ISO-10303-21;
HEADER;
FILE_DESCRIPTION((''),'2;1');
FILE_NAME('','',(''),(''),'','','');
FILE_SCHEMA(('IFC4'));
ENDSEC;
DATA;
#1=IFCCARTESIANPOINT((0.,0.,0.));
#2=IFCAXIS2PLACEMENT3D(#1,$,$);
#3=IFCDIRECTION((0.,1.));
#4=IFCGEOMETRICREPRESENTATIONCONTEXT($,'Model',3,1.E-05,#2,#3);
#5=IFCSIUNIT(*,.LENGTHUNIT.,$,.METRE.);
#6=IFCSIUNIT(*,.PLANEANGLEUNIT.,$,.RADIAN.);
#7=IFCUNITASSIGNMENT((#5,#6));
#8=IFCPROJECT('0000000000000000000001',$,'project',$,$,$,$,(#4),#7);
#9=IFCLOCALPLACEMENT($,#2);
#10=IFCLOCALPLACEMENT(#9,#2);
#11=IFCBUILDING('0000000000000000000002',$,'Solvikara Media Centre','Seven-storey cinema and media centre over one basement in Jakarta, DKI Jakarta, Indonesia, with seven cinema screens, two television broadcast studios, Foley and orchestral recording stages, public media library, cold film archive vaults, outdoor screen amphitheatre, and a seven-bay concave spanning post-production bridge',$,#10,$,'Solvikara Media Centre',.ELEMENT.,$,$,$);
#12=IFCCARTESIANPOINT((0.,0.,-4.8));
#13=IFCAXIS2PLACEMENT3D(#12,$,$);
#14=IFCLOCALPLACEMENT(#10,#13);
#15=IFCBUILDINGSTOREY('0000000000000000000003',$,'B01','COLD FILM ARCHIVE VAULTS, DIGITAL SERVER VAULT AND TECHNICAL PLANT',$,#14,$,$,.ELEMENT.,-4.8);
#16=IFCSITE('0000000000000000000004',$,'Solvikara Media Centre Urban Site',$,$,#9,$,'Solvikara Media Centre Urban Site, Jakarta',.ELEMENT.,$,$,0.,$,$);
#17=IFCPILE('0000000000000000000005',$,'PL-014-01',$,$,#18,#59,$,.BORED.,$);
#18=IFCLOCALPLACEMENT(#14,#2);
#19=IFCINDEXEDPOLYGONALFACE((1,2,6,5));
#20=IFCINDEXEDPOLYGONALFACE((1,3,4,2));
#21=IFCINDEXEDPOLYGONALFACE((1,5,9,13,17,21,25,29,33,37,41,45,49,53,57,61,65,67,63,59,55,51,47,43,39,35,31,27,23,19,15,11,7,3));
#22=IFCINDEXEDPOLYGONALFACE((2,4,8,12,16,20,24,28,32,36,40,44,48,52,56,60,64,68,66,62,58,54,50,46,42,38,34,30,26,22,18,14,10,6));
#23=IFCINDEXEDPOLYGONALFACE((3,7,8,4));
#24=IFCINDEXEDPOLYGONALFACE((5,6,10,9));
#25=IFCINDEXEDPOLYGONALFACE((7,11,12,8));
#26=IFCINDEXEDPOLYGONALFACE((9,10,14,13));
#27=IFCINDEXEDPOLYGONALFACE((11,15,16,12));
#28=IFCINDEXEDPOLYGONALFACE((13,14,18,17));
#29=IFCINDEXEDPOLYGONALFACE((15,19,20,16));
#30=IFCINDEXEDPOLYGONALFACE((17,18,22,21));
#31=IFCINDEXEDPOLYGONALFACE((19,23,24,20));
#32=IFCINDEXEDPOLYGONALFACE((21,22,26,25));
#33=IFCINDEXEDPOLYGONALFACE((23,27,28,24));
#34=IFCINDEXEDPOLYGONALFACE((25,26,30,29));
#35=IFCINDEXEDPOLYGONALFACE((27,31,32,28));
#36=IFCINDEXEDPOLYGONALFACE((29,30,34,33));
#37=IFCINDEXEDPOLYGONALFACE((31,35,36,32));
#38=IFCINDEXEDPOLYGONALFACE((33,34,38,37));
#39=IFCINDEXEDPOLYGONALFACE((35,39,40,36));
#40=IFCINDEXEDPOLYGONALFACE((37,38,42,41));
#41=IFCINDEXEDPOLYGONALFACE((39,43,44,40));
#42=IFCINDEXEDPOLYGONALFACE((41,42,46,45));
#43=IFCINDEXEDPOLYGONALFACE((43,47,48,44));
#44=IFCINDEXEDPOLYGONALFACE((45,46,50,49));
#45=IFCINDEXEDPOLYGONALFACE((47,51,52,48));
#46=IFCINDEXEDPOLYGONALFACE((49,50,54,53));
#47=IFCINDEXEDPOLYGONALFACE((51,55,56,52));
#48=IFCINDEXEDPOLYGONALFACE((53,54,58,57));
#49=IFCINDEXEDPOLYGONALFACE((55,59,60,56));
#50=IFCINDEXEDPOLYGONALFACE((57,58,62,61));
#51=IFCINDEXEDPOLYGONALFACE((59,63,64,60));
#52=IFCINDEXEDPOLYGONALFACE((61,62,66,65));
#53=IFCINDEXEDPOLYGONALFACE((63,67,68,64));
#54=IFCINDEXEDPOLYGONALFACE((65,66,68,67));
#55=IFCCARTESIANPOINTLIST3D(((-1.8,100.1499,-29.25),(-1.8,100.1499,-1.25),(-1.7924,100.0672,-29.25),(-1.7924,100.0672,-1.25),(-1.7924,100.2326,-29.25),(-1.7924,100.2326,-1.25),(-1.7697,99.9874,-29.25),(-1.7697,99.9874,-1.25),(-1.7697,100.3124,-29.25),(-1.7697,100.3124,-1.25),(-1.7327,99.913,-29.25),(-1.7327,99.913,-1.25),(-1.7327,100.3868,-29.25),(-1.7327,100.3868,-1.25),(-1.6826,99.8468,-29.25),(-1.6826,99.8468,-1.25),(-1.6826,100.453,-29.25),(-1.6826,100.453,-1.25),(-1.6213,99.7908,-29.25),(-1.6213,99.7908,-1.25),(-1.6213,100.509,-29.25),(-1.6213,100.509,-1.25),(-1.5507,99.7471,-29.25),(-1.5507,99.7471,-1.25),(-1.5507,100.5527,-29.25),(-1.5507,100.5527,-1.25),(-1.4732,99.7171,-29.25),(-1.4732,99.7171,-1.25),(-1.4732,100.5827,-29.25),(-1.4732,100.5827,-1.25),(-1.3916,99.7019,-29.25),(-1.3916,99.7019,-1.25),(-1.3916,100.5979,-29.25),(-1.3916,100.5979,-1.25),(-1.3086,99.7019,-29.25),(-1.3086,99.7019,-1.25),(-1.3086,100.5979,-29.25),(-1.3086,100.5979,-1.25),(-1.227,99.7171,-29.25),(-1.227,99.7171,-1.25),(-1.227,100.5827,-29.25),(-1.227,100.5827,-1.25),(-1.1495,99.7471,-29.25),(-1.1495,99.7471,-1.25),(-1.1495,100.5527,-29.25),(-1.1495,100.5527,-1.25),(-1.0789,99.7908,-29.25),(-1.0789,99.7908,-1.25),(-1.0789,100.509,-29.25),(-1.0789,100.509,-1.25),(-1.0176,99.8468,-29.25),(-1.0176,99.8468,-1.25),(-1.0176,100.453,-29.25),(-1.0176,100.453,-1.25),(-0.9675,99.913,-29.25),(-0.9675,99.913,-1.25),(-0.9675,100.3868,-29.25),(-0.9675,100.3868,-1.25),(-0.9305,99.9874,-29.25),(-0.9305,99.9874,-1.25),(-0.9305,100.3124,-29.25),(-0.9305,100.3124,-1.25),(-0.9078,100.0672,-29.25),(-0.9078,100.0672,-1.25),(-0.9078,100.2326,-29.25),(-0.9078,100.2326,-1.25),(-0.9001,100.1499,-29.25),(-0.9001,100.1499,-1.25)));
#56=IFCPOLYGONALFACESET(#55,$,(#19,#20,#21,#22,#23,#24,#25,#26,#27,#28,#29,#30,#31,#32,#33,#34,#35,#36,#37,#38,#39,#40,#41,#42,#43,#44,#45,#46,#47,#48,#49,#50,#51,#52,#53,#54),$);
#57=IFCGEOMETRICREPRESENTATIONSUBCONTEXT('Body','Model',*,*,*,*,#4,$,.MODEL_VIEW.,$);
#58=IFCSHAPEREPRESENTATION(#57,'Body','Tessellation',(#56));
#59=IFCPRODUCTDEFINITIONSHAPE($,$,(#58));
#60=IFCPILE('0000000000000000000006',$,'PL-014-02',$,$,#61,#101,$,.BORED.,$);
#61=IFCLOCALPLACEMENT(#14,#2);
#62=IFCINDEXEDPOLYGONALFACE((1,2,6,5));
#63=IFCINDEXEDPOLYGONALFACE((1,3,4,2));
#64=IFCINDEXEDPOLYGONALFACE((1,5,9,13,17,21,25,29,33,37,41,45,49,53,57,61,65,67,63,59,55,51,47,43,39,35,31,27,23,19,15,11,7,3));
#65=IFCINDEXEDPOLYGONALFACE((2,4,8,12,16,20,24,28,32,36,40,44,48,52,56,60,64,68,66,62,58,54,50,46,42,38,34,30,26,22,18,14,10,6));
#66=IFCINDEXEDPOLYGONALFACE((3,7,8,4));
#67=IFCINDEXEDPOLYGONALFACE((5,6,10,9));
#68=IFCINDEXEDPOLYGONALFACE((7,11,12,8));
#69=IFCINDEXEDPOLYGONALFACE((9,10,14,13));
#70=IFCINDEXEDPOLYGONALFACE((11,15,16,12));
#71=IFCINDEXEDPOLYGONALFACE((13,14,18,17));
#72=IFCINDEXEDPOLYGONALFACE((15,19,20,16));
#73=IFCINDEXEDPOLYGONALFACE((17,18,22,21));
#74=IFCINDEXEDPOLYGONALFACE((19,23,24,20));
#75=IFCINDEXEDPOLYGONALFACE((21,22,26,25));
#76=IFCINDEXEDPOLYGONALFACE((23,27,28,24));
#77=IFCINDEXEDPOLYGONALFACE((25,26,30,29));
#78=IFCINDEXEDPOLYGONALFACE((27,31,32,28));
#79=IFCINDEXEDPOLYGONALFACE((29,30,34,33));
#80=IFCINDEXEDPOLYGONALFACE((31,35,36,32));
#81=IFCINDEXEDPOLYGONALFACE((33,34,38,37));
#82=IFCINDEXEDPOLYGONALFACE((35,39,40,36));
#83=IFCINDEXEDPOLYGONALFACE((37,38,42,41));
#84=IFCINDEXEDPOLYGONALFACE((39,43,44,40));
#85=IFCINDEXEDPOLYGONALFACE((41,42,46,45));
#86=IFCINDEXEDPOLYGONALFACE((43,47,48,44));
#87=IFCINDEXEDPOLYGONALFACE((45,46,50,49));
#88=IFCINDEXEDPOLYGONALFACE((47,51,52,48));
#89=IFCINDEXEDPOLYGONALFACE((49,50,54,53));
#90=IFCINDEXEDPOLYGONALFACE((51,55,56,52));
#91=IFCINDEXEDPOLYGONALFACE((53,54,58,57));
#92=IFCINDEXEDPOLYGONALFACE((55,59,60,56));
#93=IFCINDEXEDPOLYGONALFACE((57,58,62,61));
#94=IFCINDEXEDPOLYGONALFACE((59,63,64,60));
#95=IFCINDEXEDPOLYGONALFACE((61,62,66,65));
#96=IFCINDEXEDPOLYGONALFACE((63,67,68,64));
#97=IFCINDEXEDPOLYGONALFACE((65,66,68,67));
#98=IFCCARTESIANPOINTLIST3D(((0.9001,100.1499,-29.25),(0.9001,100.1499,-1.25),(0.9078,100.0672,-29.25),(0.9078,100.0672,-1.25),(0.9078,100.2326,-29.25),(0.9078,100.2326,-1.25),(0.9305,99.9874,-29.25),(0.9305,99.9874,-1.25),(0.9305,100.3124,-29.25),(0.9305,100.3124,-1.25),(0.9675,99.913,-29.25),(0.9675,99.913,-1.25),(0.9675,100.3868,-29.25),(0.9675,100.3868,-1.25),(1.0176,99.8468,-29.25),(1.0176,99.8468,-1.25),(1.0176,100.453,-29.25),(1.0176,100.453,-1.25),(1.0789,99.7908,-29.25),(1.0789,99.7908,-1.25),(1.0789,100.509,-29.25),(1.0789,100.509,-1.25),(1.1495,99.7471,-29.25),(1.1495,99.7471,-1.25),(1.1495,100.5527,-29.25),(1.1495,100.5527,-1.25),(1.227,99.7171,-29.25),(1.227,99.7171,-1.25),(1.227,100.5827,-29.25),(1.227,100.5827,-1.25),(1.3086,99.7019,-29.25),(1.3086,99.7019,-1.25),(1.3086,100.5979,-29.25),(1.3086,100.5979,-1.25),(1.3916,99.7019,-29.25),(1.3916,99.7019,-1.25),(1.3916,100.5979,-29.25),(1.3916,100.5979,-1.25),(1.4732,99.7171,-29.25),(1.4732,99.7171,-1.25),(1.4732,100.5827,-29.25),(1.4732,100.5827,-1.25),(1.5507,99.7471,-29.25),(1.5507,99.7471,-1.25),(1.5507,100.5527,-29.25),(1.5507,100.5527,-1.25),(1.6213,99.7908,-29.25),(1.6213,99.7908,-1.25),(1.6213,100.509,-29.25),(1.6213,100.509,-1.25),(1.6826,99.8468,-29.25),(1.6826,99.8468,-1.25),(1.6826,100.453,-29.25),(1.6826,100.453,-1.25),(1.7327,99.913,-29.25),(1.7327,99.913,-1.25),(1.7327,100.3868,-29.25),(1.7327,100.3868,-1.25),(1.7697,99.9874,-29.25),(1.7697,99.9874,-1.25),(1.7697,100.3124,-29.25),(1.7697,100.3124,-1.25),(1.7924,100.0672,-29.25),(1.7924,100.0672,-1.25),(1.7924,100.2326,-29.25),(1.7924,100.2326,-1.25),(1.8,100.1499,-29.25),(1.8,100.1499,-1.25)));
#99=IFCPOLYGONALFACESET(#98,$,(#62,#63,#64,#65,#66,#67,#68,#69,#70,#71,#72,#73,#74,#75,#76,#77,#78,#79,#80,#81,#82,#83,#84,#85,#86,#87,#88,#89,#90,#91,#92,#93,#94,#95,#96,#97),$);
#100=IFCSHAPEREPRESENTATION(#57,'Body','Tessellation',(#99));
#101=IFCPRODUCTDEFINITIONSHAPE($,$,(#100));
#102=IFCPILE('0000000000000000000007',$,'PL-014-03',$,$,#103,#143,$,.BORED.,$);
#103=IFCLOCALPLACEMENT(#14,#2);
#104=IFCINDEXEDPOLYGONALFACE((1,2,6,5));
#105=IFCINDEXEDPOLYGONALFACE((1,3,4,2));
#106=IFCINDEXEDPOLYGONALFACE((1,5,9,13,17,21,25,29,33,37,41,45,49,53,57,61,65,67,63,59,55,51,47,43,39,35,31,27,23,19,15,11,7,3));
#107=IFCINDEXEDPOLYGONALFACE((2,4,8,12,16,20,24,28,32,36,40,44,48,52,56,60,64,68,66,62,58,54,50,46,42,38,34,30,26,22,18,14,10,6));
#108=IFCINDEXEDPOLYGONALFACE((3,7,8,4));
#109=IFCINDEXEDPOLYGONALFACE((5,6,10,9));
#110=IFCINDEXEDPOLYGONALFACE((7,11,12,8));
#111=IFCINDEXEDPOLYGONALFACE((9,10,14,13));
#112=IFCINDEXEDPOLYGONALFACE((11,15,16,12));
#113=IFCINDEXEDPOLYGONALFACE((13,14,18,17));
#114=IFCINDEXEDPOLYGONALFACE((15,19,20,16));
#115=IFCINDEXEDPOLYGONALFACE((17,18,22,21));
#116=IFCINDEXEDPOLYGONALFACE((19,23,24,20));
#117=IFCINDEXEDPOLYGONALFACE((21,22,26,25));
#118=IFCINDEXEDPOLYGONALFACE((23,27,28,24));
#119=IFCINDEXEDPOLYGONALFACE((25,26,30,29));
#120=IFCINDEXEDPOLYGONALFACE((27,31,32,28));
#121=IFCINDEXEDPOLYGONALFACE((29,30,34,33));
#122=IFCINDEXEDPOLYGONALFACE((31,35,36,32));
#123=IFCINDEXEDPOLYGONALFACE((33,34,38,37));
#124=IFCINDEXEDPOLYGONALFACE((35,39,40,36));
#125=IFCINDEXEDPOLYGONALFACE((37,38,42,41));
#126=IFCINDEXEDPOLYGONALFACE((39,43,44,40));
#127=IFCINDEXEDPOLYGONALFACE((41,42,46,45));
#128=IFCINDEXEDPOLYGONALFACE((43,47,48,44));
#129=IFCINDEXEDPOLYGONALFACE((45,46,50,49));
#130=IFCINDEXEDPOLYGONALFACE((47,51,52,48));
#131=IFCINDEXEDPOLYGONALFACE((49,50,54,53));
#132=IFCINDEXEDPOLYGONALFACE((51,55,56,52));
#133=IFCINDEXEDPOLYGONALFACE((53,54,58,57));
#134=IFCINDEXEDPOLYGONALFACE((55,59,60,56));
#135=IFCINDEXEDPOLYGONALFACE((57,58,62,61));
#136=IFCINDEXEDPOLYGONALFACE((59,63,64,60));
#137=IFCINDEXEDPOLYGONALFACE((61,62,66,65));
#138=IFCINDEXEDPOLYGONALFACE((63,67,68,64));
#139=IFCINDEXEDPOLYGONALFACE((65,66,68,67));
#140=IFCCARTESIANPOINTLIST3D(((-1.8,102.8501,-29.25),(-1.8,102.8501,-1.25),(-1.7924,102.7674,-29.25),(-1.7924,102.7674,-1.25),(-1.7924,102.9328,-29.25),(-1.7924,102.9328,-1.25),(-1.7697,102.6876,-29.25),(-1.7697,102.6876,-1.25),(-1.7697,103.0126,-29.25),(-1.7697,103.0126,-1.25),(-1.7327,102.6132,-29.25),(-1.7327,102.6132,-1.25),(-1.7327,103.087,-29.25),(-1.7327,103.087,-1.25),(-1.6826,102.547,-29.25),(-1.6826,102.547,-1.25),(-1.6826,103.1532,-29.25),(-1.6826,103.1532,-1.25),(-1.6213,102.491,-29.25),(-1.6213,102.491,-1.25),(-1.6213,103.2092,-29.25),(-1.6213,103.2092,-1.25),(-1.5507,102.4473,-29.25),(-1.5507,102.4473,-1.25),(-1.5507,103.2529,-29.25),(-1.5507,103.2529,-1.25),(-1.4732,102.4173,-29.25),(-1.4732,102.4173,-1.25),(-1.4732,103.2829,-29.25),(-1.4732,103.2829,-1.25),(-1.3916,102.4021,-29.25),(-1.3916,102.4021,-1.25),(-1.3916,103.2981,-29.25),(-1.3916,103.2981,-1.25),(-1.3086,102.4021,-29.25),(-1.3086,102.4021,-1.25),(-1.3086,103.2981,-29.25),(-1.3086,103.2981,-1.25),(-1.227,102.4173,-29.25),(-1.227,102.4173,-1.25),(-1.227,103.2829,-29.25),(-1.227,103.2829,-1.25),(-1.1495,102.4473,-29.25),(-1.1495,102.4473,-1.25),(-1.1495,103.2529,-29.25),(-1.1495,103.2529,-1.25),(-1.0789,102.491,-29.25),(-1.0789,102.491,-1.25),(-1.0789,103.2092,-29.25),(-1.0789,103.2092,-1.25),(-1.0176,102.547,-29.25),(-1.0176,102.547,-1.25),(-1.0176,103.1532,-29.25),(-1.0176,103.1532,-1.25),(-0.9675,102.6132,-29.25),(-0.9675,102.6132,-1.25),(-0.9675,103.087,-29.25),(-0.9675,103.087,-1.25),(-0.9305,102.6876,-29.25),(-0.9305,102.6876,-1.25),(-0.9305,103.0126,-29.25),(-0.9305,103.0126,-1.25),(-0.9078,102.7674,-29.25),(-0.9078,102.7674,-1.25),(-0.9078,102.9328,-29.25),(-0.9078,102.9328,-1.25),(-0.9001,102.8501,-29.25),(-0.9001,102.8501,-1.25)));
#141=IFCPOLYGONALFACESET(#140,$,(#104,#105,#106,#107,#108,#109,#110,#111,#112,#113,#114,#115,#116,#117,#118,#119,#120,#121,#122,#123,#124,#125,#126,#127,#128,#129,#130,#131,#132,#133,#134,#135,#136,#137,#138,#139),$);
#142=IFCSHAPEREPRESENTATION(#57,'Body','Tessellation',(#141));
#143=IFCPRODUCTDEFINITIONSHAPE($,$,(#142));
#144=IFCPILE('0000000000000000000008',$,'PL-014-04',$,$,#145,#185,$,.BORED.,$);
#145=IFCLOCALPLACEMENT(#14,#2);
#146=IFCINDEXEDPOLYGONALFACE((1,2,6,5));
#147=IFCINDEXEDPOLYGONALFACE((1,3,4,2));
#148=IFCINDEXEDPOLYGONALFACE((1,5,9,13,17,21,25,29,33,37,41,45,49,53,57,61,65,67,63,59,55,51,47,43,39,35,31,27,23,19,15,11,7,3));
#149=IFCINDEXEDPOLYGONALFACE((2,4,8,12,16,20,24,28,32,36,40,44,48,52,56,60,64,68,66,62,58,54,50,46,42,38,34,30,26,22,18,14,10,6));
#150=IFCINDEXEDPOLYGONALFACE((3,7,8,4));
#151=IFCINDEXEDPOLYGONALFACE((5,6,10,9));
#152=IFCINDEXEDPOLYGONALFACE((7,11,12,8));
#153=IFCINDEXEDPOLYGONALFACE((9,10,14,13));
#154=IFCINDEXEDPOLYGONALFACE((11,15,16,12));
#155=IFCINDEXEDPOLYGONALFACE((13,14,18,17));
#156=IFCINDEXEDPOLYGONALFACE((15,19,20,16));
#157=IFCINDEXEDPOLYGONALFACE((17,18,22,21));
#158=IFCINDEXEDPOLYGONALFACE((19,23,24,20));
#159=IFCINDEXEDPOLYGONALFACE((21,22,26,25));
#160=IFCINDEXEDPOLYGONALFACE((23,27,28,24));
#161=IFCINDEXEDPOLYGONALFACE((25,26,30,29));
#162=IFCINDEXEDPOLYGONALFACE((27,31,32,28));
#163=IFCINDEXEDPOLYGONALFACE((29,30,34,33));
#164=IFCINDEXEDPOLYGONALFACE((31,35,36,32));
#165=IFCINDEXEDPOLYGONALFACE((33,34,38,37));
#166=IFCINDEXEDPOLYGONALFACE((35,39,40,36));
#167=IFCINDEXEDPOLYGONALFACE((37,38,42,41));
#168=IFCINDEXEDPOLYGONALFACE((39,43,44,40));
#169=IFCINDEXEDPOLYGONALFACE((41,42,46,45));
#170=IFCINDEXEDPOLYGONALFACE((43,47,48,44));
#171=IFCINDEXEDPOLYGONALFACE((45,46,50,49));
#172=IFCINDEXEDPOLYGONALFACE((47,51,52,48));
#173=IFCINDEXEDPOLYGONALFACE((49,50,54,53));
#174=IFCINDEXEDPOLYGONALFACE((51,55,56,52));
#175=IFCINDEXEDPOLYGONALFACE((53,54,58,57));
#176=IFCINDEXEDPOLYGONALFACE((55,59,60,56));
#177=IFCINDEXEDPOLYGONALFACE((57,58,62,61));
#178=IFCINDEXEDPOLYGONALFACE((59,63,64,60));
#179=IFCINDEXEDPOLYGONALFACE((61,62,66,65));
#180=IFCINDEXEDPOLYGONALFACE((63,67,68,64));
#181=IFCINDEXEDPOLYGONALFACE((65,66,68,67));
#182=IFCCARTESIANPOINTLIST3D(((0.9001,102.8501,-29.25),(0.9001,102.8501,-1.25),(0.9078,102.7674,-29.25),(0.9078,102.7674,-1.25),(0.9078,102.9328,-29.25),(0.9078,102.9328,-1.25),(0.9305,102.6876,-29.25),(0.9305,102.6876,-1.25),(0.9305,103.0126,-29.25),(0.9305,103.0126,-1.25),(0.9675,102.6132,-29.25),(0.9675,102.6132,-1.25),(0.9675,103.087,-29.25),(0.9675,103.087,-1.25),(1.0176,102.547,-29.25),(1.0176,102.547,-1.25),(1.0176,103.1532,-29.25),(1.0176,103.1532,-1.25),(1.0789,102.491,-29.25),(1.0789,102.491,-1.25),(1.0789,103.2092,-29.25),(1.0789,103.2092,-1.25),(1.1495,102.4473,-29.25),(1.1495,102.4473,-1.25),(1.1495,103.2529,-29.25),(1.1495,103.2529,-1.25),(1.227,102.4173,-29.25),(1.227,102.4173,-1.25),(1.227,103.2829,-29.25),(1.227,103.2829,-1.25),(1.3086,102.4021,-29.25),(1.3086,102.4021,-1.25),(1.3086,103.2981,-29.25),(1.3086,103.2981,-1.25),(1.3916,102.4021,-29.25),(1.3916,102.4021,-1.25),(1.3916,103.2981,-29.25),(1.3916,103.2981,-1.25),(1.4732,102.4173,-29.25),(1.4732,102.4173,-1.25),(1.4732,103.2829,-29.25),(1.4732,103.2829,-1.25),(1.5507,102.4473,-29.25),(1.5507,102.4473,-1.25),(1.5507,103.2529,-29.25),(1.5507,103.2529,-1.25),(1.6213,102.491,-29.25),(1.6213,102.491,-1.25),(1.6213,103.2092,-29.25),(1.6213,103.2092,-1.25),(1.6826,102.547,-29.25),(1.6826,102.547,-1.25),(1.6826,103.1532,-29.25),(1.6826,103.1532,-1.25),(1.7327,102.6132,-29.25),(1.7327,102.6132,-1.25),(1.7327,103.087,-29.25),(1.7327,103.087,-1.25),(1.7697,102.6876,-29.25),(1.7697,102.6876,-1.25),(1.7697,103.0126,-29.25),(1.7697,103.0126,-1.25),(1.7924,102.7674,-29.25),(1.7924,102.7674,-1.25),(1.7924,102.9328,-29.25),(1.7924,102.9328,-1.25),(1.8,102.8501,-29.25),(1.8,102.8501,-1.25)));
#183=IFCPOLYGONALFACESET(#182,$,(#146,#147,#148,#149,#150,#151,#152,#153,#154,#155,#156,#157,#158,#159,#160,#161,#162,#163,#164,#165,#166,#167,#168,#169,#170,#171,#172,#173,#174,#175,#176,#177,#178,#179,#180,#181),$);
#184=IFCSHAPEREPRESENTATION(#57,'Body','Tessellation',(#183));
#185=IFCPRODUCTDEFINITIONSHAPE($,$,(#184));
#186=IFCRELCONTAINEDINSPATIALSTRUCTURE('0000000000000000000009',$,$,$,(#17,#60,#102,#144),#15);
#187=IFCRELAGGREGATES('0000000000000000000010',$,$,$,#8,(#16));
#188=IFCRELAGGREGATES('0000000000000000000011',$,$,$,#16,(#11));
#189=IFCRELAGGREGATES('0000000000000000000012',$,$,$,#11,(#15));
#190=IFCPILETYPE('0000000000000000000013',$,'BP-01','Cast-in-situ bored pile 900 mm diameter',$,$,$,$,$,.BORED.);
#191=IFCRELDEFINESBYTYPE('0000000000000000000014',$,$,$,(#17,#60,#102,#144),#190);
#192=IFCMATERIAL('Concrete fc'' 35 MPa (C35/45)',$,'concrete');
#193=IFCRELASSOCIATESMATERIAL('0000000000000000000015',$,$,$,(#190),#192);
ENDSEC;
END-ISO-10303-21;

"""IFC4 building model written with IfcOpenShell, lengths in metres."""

from ifc_helpers import new_model, si_unit, direction, frame, origin, origin_2d, place, context, subcontext, project, spatial, circle, extrude, material, material_profile, profile_set, type_object, element, save


model = new_model("IFC4")

# Units and contexts
model_context = context("Model", 3, precision=1e-05, world=origin(), true_north=direction((0.0, 1.0)))
body_context = subcontext(model_context, "Body", "Model", "MODEL_VIEW")
ifc_project = project(units=[si_unit("LENGTHUNIT", "METRE"), si_unit("PLANEANGLEUNIT", "RADIAN")], contexts=[model_context])

# Site, building, storey
site_placement = place(None, origin())
site = spatial("IfcSite", under=ifc_project, at=site_placement, Name="Solvikara Media Centre Urban Site", LongName="Solvikara Media Centre Urban Site, Jakarta", CompositionType="ELEMENT", RefElevation=0.0)
building_placement = place(site_placement, origin())
building = spatial("IfcBuilding", under=site, at=building_placement, Name="Solvikara Media Centre", Description="Seven-storey cinema and media centre over one basement in Jakarta, DKI Jakarta, Indonesia, with seven cinema screens, two television broadcast studios, Foley and orchestral recording stages, public media library, cold film archive vaults, outdoor screen amphitheatre, and a seven-bay concave spanning post-production bridge", LongName="Solvikara Media Centre", CompositionType="ELEMENT")
storey_placement = place(building_placement, frame((0.0, 0.0, -4.8)))
storey = spatial("IfcBuildingStorey", under=building, at=storey_placement, Name="B01", Description="COLD FILM ARCHIVE VAULTS, DIGITAL SERVER VAULT AND TECHNICAL PLANT", CompositionType="ELEMENT", Elevation=-4.8)

# Piles
ifc_material_1 = material(Name="Concrete fc' 35 MPa (C35/45)", Category="concrete")
ifc_material_profile_1 = material_profile(ifc_material_1, circle(Radius=0.45, at=origin_2d()), Name="BORED PILE D900")
ifc_profile_set_1 = profile_set([ifc_material_profile_1], Name="Concrete fc' 35 MPa (C35/45)")
pile_type_1 = type_object("IfcPileType", Name="BP-01", Description="Cast-in-situ bored pile 900 mm diameter", PredefinedType="BORED", material=ifc_profile_set_1)
for number, where, z_axis, x_axis, name in (
    (1, (-1.3501, 100.1499, -1.25), (0.0, 0.0, -1.0), (1.0, 0.0, 0.0), "PL-014-01"),
    (2, (1.3501, 100.1499, -1.25), (0.0, 0.0, -1.0), (1.0, 0.0, 0.0), "PL-014-02"),
    (3, (-1.3501, 102.8501, -1.25), (0.0, 0.0, -1.0), (1.0, 0.0, 0.0), "PL-014-03"),
    (4, (1.3501, 102.8501, -1.25), (0.0, 0.0, -1.0), (1.0, 0.0, 0.0), "PL-014-04"),
):
    element("IfcPile", number, at=place(storey_placement, frame(where, z_axis=z_axis, x_axis=x_axis)), inside=storey, type_object=pile_type_1, Name=name, PredefinedType="BORED", context=body_context, shape_type="SweptSolid", body=[
        extrude(circle(Radius=0.45, at=origin_2d()), origin(), (0.0, 0.0, 1.0), 28.0),
    ])

save(model, "model.ifc")
